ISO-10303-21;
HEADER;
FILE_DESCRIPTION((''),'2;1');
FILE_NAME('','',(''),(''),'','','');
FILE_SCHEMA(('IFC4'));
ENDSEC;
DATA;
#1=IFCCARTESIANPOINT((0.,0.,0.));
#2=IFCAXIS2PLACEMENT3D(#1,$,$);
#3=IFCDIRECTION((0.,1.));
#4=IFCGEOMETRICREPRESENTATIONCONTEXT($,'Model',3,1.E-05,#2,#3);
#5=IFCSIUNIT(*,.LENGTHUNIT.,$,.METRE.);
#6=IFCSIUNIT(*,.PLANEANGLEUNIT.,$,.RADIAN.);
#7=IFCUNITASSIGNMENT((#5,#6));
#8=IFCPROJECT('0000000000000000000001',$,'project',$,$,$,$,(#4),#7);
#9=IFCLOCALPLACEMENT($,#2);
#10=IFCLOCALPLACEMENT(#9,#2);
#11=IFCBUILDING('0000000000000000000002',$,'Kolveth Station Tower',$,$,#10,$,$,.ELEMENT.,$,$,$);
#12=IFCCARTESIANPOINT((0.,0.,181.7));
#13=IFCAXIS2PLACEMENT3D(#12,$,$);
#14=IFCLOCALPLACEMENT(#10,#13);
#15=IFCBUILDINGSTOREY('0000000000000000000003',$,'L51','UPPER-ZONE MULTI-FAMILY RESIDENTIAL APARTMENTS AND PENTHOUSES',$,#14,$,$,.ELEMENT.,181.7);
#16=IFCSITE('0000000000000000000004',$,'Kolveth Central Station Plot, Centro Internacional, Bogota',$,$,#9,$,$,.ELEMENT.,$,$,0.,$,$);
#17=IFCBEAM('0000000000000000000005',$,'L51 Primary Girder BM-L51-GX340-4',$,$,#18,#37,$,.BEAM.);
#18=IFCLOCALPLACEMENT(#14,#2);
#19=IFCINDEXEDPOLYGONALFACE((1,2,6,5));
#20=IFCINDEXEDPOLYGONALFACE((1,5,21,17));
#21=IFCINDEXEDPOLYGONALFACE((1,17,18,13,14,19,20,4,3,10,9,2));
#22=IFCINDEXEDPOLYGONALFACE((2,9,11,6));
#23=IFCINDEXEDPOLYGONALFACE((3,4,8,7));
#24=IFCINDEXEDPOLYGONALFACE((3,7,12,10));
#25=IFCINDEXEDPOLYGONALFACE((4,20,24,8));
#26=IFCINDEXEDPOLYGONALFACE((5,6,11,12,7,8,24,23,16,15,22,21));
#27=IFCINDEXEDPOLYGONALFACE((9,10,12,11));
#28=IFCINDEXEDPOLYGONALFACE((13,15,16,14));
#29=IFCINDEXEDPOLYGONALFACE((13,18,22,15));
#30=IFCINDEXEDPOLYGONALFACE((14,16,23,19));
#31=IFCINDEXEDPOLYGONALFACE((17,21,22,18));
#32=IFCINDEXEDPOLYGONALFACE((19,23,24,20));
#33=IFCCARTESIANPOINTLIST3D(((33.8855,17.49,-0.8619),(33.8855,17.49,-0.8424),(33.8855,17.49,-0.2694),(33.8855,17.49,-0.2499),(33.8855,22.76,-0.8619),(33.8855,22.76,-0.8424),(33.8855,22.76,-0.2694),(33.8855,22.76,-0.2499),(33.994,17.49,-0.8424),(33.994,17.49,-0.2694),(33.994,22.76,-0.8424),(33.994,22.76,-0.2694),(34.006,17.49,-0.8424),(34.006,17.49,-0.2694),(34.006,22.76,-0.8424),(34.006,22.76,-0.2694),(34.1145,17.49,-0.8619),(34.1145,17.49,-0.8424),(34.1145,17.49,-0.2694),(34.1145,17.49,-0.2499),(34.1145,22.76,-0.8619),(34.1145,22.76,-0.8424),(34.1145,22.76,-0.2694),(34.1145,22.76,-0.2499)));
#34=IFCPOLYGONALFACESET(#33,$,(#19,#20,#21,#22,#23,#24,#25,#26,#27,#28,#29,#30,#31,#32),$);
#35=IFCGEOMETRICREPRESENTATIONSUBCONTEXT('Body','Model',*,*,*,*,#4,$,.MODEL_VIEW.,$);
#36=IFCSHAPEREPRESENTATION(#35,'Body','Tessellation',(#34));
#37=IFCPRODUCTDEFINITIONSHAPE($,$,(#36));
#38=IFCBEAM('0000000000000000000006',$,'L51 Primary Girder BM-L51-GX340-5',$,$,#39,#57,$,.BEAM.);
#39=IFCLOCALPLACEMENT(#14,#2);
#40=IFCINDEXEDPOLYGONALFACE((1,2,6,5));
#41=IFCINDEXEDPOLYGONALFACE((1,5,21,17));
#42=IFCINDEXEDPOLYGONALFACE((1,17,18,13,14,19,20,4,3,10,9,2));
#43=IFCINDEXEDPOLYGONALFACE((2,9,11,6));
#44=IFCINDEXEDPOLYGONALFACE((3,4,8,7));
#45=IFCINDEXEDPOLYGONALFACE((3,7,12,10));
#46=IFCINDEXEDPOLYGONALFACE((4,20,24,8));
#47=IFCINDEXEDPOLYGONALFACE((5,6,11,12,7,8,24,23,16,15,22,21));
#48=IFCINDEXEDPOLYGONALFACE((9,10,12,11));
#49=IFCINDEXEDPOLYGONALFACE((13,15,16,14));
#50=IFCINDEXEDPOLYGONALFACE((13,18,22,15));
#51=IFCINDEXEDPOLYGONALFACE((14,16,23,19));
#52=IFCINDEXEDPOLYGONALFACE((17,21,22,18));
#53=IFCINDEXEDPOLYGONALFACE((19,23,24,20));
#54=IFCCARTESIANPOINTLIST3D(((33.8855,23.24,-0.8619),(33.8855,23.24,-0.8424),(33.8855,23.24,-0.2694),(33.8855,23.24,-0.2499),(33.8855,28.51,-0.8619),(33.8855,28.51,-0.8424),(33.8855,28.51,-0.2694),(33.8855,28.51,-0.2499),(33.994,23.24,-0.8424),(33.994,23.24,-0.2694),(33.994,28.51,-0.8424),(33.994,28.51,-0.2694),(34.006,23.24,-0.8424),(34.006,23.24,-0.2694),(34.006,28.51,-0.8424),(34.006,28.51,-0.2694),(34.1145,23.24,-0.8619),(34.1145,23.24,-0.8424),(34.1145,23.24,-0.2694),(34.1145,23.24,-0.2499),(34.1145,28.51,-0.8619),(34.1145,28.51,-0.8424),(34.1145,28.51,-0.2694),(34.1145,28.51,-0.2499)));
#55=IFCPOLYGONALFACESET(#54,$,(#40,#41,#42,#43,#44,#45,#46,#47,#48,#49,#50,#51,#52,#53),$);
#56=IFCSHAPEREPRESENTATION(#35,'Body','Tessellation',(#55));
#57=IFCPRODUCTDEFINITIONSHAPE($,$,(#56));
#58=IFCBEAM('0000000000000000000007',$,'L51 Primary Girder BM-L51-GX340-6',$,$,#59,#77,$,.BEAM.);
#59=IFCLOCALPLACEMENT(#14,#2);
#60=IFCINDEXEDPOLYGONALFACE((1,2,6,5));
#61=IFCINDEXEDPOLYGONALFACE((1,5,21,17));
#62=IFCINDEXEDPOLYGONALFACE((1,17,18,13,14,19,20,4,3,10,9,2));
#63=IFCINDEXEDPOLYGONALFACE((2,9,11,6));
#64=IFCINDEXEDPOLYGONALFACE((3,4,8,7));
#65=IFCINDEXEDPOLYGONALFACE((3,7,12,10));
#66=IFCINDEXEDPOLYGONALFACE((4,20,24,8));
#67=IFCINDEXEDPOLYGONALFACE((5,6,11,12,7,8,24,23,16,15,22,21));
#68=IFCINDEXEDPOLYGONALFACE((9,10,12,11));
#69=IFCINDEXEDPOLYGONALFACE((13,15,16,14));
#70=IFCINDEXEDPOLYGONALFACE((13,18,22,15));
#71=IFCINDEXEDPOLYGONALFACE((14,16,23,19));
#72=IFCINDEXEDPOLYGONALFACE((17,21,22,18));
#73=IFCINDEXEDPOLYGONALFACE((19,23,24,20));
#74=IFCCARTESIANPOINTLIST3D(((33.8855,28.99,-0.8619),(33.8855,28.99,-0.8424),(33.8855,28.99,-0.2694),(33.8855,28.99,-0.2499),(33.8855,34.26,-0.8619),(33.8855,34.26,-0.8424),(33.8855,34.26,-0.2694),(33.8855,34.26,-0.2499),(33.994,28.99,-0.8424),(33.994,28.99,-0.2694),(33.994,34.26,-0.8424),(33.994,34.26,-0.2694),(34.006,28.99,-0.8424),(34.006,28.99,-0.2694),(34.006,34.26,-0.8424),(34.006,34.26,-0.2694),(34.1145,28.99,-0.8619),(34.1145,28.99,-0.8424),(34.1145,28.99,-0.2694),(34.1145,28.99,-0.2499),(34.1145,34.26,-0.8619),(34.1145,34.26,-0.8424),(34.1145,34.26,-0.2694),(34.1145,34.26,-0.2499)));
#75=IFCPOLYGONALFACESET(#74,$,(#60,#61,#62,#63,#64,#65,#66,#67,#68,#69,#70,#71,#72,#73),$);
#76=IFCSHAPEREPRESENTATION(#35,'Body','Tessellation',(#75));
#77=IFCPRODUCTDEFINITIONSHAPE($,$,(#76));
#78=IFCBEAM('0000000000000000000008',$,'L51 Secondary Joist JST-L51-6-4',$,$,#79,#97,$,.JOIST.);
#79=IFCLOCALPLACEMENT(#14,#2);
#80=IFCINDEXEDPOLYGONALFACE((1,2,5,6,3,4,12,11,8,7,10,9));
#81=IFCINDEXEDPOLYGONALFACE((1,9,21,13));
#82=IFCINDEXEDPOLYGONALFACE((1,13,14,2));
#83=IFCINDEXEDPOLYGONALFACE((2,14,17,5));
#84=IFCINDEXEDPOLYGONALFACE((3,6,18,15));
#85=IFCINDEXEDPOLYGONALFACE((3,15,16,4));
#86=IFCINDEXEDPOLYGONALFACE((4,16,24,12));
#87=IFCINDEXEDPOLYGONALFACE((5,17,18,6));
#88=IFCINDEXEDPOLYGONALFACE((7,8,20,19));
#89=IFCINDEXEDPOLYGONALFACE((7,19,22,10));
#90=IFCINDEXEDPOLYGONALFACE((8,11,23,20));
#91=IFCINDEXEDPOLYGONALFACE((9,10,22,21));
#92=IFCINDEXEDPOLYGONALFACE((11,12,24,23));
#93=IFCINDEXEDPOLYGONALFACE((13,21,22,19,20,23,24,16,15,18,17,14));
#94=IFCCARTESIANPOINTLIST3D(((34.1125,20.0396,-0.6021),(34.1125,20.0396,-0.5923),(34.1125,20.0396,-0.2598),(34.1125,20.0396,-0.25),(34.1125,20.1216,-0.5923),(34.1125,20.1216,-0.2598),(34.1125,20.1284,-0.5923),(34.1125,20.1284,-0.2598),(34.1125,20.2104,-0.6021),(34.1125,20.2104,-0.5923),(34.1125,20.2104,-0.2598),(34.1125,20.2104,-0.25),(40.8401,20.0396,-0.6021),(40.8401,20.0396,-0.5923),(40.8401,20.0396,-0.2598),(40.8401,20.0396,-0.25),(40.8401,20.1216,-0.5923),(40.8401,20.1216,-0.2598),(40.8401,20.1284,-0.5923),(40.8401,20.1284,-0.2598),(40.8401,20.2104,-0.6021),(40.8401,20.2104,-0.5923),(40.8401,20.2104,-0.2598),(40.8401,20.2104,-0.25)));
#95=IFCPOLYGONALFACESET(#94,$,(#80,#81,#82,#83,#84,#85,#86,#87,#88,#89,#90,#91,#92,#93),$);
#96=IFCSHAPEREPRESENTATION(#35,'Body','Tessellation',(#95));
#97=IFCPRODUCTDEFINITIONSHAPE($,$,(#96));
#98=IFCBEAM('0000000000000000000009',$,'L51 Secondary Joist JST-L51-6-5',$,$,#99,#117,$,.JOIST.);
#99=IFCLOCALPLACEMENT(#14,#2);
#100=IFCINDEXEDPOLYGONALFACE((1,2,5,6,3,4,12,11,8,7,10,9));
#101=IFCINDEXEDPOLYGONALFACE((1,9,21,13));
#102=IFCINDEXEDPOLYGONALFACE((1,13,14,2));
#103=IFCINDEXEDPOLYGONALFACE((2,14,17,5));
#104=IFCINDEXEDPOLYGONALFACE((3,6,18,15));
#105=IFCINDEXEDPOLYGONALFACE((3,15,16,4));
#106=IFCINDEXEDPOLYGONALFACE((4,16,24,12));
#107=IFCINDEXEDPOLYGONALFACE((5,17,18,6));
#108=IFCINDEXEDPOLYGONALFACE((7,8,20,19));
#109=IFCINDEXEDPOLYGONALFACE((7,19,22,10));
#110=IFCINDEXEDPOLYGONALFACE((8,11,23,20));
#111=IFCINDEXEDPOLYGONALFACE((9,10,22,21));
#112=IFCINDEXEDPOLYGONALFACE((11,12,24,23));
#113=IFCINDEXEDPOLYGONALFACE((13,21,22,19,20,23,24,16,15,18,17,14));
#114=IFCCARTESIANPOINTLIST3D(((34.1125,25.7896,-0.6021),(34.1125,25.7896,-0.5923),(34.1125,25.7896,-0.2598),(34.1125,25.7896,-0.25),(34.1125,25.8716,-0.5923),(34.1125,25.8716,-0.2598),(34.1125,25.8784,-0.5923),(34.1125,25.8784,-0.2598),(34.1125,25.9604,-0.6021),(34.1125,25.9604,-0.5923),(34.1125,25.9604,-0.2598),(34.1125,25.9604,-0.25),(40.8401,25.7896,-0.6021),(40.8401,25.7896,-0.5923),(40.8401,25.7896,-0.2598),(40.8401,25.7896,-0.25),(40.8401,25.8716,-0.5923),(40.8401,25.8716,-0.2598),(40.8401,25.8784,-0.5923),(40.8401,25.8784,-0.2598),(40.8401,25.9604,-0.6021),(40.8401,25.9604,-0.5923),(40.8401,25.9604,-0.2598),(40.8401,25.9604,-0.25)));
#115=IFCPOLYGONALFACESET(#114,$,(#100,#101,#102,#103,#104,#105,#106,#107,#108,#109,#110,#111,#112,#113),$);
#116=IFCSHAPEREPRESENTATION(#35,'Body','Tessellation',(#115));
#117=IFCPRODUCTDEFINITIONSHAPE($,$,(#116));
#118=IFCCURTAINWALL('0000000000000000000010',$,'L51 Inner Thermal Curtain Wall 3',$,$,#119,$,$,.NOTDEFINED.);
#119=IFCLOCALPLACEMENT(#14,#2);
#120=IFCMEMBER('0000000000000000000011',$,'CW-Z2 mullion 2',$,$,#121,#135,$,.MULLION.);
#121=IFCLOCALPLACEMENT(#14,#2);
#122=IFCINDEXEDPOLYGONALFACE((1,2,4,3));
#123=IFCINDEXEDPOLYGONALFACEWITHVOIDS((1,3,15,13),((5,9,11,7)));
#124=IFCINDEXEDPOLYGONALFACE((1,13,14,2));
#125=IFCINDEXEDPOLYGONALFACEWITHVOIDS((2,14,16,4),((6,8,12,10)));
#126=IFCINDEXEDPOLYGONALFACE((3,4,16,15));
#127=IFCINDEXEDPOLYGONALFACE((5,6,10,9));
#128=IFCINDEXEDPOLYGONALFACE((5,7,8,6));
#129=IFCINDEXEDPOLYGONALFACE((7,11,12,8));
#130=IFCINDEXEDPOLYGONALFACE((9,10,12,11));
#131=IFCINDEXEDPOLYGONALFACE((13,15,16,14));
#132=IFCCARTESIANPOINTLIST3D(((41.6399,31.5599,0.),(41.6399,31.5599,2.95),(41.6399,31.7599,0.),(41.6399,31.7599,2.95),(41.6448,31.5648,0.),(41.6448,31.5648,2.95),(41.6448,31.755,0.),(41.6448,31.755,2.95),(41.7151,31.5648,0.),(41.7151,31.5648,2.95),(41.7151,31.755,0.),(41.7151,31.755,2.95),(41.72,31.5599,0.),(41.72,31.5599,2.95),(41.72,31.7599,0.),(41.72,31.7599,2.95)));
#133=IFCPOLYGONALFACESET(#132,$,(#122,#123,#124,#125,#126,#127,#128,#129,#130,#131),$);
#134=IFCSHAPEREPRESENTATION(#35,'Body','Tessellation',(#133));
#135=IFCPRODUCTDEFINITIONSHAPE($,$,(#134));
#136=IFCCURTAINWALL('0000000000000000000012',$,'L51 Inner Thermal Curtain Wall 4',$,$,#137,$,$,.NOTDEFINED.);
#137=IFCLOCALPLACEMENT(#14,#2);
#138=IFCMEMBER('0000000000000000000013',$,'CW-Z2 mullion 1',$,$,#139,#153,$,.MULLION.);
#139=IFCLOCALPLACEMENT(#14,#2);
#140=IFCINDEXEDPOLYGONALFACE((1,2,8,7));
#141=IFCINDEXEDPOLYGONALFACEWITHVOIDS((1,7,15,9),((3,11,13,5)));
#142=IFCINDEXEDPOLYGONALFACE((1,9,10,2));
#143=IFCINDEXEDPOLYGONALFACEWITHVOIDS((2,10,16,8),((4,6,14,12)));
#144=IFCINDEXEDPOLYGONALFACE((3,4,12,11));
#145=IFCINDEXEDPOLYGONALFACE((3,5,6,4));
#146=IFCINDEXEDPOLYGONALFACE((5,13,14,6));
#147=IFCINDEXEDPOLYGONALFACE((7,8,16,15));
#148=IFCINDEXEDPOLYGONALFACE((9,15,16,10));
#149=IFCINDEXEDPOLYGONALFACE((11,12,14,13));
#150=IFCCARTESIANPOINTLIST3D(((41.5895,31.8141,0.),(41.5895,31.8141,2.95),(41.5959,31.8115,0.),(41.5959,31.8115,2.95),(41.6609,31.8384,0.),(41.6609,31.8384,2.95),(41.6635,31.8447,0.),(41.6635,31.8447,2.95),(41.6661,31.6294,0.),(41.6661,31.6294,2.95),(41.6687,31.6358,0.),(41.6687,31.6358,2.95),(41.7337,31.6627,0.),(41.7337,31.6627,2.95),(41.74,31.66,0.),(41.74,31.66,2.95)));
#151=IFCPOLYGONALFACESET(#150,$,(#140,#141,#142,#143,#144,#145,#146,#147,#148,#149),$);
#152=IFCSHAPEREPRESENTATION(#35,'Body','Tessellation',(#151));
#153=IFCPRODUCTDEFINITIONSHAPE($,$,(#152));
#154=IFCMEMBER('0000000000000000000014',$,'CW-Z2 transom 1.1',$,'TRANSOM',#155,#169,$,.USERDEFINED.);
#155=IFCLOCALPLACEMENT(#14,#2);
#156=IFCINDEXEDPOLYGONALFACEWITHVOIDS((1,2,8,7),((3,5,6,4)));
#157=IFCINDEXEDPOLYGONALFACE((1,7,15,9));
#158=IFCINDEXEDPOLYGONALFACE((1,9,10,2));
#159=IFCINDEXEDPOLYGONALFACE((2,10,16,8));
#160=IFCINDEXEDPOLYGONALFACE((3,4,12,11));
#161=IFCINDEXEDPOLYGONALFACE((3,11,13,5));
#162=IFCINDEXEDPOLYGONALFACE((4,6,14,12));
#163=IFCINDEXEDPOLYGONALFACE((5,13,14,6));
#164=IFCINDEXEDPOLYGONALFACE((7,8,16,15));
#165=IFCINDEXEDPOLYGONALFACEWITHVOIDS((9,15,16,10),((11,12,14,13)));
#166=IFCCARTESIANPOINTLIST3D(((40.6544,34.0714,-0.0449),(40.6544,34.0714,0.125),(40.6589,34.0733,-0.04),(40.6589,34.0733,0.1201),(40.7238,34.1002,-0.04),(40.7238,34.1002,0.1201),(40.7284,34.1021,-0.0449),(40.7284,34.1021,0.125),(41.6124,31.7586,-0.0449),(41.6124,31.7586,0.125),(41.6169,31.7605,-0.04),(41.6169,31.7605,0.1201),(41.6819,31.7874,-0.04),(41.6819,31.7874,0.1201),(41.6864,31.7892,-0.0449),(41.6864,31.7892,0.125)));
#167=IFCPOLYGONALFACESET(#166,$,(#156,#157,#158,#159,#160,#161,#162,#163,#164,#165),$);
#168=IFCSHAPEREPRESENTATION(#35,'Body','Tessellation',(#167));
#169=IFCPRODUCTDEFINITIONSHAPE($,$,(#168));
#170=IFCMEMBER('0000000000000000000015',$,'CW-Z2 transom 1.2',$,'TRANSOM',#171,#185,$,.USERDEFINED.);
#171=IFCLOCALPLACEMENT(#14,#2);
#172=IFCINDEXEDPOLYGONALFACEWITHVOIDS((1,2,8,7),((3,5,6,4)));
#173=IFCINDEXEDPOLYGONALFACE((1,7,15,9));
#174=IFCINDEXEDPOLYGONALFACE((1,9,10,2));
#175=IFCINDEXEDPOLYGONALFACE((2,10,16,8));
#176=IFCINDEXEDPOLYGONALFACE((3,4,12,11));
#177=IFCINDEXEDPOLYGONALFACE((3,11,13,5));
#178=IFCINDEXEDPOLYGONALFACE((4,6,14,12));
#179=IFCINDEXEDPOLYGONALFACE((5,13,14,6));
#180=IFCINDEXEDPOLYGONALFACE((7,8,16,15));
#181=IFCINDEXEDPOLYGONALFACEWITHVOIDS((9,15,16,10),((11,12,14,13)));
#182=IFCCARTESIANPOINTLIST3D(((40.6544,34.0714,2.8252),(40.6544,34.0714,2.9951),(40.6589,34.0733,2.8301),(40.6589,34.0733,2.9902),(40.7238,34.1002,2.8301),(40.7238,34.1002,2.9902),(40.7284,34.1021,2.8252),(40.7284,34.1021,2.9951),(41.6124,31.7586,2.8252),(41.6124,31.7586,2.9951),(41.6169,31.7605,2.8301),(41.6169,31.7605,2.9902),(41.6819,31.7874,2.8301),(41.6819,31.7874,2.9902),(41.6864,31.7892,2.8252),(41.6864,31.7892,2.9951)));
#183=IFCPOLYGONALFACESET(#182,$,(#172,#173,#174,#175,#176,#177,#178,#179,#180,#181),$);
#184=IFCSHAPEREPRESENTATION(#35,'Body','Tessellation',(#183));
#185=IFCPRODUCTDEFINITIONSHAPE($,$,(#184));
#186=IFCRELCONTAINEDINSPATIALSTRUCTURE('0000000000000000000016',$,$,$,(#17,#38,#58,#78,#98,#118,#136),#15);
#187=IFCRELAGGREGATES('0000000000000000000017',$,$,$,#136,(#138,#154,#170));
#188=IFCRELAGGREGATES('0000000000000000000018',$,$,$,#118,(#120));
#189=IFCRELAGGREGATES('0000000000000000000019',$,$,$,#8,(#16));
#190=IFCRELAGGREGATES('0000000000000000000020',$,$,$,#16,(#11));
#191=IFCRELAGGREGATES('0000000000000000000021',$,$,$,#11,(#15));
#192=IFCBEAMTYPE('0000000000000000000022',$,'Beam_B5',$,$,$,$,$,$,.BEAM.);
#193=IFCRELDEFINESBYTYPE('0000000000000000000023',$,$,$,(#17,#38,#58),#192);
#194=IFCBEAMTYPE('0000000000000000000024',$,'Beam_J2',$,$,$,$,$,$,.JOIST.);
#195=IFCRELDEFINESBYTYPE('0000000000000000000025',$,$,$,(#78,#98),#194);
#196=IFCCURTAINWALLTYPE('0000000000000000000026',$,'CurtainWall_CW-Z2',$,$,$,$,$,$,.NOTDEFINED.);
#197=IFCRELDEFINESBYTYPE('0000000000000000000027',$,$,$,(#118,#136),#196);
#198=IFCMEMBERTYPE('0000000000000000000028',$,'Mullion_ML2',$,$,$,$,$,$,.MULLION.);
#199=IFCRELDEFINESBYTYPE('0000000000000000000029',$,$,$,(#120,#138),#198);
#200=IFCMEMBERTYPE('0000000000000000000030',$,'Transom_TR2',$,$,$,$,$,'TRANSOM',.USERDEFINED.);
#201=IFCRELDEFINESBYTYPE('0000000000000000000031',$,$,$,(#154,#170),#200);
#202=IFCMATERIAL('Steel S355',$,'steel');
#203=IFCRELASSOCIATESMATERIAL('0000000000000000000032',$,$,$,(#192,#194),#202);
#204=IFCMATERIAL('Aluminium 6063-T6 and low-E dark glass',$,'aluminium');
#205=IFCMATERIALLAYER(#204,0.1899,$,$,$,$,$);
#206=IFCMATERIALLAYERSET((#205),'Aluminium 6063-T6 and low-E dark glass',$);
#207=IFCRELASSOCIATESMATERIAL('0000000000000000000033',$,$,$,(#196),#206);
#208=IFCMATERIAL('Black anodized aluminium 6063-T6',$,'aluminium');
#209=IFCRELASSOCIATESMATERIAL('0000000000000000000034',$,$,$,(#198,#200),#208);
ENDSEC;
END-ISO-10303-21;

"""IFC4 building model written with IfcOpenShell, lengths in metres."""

from ifc_helpers import new_model, si_unit, direction, frame, origin, origin_2d, place, context, subcontext, project, spatial, hollow_rectangle, i_section, extrude, source, transform, mapped, material, layer, layer_set, material_profile, profile_set, type_object, element, aggregate, save


model = new_model("IFC4")

# Units and contexts
model_context = context("Model", 3, precision=1e-05, world=origin(), true_north=direction((0.0, 1.0)))
body_context = subcontext(model_context, "Body", "Model", "MODEL_VIEW")
ifc_project = project(units=[si_unit("LENGTHUNIT", "METRE"), si_unit("PLANEANGLEUNIT", "RADIAN")], contexts=[model_context])

# Site, building, storey
site_placement = place(None, origin())
site = spatial("IfcSite", under=ifc_project, at=site_placement, Name="Kolveth Central Station Plot, Centro Internacional, Bogota", CompositionType="ELEMENT", RefElevation=0.0)
building_placement = place(site_placement, origin())
building = spatial("IfcBuilding", under=site, at=building_placement, Name="Kolveth Station Tower", CompositionType="ELEMENT")
storey_placement = place(building_placement, frame((0.0, 0.0, 181.7)))
storey = spatial("IfcBuildingStorey", under=building, at=storey_placement, Name="L51", Description="UPPER-ZONE MULTI-FAMILY RESIDENTIAL APARTMENTS AND PENTHOUSES", CompositionType="ELEMENT", Elevation=181.7)

# Shared definitions
ifc_material_1 = material(Name="Steel S355", Category="steel")

# Beams
ifc_material_profile_1 = material_profile(ifc_material_1, i_section(OverallWidth=0.229, OverallDepth=0.6121, WebThickness=0.012, FlangeThickness=0.0195, at=origin_2d()), Name="W610x125")
ifc_profile_set_1 = profile_set([ifc_material_profile_1], Name="Steel S355")
beam_type_1 = type_object("IfcBeamType", Name="Beam_B5", PredefinedType="BEAM", material=ifc_profile_set_1)
shared_shape_1 = source(origin(), body_context, "Body", "SweptSolid", [
    extrude(i_section(OverallWidth=0.229, OverallDepth=0.6121, WebThickness=0.012, FlangeThickness=0.0195, at=origin_2d()), origin(), (0.0, 0.0, 1.0), 5.27),
])
for number, where, z_axis, x_axis, name in (
    (1, (34.0, 17.49, -0.5559), (0.0, 1.0, 0.0), (-1.0, 0.0, 0.0), "L51 Primary Girder BM-L51-GX340-4"),
    (2, (34.0, 23.24, -0.5559), (0.0, 1.0, 0.0), (-1.0, 0.0, 0.0), "L51 Primary Girder BM-L51-GX340-5"),
    (3, (34.0, 28.99, -0.5559), (0.0, 1.0, 0.0), (-1.0, 0.0, 0.0), "L51 Primary Girder BM-L51-GX340-6"),
):
    element("IfcBeam", number, at=place(storey_placement, frame(where, z_axis=z_axis, x_axis=x_axis)), inside=storey, type_object=beam_type_1, Name=name, PredefinedType="BEAM", context=body_context, shape_type="MappedRepresentation", body=[
        mapped(shared_shape_1, transform((0.0, 0.0, 0.0), x_axis=(1.0, 0.0, 0.0), y_axis=(0.0, 1.0, 0.0), z_axis=(0.0, 0.0, 1.0), scale=1.0)),
    ])
ifc_material_profile_2 = material_profile(ifc_material_1, i_section(OverallWidth=0.1709, OverallDepth=0.3521, WebThickness=0.0068, FlangeThickness=0.0098, at=origin_2d()), Name="W360x44")
ifc_profile_set_2 = profile_set([ifc_material_profile_2], Name="Steel S355")
beam_type_2 = type_object("IfcBeamType", Name="Beam_J2", PredefinedType="JOIST", material=ifc_profile_set_2)
shared_shape_2 = source(origin(), body_context, "Body", "SweptSolid", [
    extrude(i_section(OverallWidth=0.1709, OverallDepth=0.3521, WebThickness=0.0068, FlangeThickness=0.0098, at=origin_2d()), origin(), (0.0, 0.0, 1.0), 6.7275),
])
for number, where, z_axis, x_axis, name in (
    (4, (34.1125, 20.125, -0.426), (1.0, 0.0, 0.0), (0.0, 1.0, 0.0), "L51 Secondary Joist JST-L51-6-4"),
    (5, (34.1125, 25.875, -0.426), (1.0, 0.0, 0.0), (0.0, 1.0, 0.0), "L51 Secondary Joist JST-L51-6-5"),
):
    element("IfcBeam", number, at=place(storey_placement, frame(where, z_axis=z_axis, x_axis=x_axis)), inside=storey, type_object=beam_type_2, Name=name, PredefinedType="JOIST", context=body_context, shape_type="MappedRepresentation", body=[
        mapped(shared_shape_2, transform((0.0, 0.0, 0.0), x_axis=(1.0, 0.0, 0.0), y_axis=(0.0, 1.0, 0.0), z_axis=(0.0, 0.0, 1.0), scale=1.0)),
    ])

# Curtain wall, member
ifc_material_2 = material(Name="Aluminium 6063-T6 and low-E dark glass", Category="aluminium")
ifc_layer_1 = layer(ifc_material_2, 0.1899)
ifc_layer_set_1 = layer_set([ifc_layer_1], Name="Aluminium 6063-T6 and low-E dark glass")
curtain_wall_type = type_object("IfcCurtainWallType", Name="CurtainWall_CW-Z2", PredefinedType="NOTDEFINED", material=ifc_layer_set_1)
curtain_wall_1_placement = place(storey_placement, origin())
curtain_wall_1 = element("IfcCurtainWall", 6, at=curtain_wall_1_placement, inside=storey, type_object=curtain_wall_type, Name="L51 Inner Thermal Curtain Wall 3", PredefinedType="NOTDEFINED")
ifc_material_3 = material(Name="Black anodized aluminium 6063-T6", Category="aluminium")
ifc_material_profile_3 = material_profile(ifc_material_3, hollow_rectangle(XDim=0.0801, YDim=0.2, WallThickness=0.0049, at=origin_2d()), Name="ALU-80x200x5")
ifc_profile_set_3 = profile_set([ifc_material_profile_3], Name="Black anodized aluminium 6063-T6")
member_type_1 = type_object("IfcMemberType", Name="Mullion_ML2", PredefinedType="MULLION", material=ifc_profile_set_3)
shared_shape_3 = source(origin(), body_context, "Body", "SweptSolid", [
    extrude(hollow_rectangle(XDim=0.0801, YDim=0.2, WallThickness=0.0049, at=origin_2d()), origin(), (0.0, 0.0, 1.0), 2.95),
])
member_1_placement = place(storey_placement, frame((41.6799, 31.6599, 0.0), z_axis=(0.0, 0.0, 1.0), x_axis=(-1.0, 0.0, 0.0)))
member_1 = element("IfcMember", 7, at=member_1_placement, type_object=member_type_1, Name="CW-Z2 mullion 2", PredefinedType="MULLION", context=body_context, shape_type="MappedRepresentation", body=[
    mapped(shared_shape_3, transform((0.0, 0.0, 0.0), x_axis=(1.0, 0.0, 0.0), y_axis=(0.0, 1.0, 0.0), z_axis=(0.0, 0.0, 1.0), scale=1.0)),
])

# Curtain wall, members
curtain_wall_2_placement = place(storey_placement, origin())
curtain_wall_2 = element("IfcCurtainWall", 8, at=curtain_wall_2_placement, inside=storey, type_object=curtain_wall_type, Name="L51 Inner Thermal Curtain Wall 4", PredefinedType="NOTDEFINED")
member_2_placement = place(storey_placement, frame((41.6648, 31.7371, 0.0), z_axis=(0.0, 0.0, 1.0), x_axis=(-0.923874, -0.382698, 0.0)))
member_2 = element("IfcMember", 9, at=member_2_placement, type_object=member_type_1, Name="CW-Z2 mullion 1", PredefinedType="MULLION", context=body_context, shape_type="MappedRepresentation", body=[
    mapped(shared_shape_3, transform((0.0, 0.0, 0.0), x_axis=(1.0, 0.0, 0.0), y_axis=(0.0, 1.0, 0.0), z_axis=(0.0, 0.0, 1.0), scale=1.0)),
])
ifc_material_profile_4 = material_profile(ifc_material_3, hollow_rectangle(XDim=0.0801, YDim=0.1699, WallThickness=0.0049, at=origin_2d()), Name="ALU-80x170x5")
ifc_profile_set_4 = profile_set([ifc_material_profile_4], Name="Black anodized aluminium 6063-T6")
member_type_2 = type_object("IfcMemberType", Name="Transom_TR2", ElementType="TRANSOM", PredefinedType="USERDEFINED", material=ifc_profile_set_4)
shared_shape_4 = source(origin(), body_context, "Body", "SweptSolid", [
    extrude(hollow_rectangle(XDim=0.0801, YDim=0.1699, WallThickness=0.0049, at=origin_2d()), origin(), (0.0, 0.0, 1.0), 2.5034),
])
member_3_placement = place(storey_placement, frame((41.6494, 31.7739, 0.04), z_axis=(-0.382696, 0.923874, 0.0), x_axis=(-0.923874, -0.382696, 0.0)))
member_3 = element("IfcMember", 10, at=member_3_placement, type_object=member_type_2, Name="CW-Z2 transom 1.1", ObjectType="TRANSOM", PredefinedType="USERDEFINED", context=body_context, shape_type="MappedRepresentation", body=[
    mapped(shared_shape_4, transform((0.0, 0.0, 0.0), x_axis=(1.0, 0.0, 0.0), y_axis=(0.0, 1.0, 0.0), z_axis=(0.0, 0.0, 1.0), scale=1.0)),
])
member_4_placement = place(storey_placement, frame((41.6494, 31.7739, 2.9102), z_axis=(-0.382696, 0.923874, 0.0), x_axis=(-0.923874, -0.382696, 0.0)))
member_4 = element("IfcMember", 11, at=member_4_placement, type_object=member_type_2, Name="CW-Z2 transom 1.2", ObjectType="TRANSOM", PredefinedType="USERDEFINED", context=body_context, shape_type="MappedRepresentation", body=[
    mapped(shared_shape_4, transform((0.0, 0.0, 0.0), x_axis=(1.0, 0.0, 0.0), y_axis=(0.0, 1.0, 0.0), z_axis=(0.0, 0.0, 1.0), scale=1.0)),
])
aggregate(curtain_wall_2, [member_2, member_3, member_4])

aggregate(curtain_wall_1, [member_1])

save(model, "model.ifc")
